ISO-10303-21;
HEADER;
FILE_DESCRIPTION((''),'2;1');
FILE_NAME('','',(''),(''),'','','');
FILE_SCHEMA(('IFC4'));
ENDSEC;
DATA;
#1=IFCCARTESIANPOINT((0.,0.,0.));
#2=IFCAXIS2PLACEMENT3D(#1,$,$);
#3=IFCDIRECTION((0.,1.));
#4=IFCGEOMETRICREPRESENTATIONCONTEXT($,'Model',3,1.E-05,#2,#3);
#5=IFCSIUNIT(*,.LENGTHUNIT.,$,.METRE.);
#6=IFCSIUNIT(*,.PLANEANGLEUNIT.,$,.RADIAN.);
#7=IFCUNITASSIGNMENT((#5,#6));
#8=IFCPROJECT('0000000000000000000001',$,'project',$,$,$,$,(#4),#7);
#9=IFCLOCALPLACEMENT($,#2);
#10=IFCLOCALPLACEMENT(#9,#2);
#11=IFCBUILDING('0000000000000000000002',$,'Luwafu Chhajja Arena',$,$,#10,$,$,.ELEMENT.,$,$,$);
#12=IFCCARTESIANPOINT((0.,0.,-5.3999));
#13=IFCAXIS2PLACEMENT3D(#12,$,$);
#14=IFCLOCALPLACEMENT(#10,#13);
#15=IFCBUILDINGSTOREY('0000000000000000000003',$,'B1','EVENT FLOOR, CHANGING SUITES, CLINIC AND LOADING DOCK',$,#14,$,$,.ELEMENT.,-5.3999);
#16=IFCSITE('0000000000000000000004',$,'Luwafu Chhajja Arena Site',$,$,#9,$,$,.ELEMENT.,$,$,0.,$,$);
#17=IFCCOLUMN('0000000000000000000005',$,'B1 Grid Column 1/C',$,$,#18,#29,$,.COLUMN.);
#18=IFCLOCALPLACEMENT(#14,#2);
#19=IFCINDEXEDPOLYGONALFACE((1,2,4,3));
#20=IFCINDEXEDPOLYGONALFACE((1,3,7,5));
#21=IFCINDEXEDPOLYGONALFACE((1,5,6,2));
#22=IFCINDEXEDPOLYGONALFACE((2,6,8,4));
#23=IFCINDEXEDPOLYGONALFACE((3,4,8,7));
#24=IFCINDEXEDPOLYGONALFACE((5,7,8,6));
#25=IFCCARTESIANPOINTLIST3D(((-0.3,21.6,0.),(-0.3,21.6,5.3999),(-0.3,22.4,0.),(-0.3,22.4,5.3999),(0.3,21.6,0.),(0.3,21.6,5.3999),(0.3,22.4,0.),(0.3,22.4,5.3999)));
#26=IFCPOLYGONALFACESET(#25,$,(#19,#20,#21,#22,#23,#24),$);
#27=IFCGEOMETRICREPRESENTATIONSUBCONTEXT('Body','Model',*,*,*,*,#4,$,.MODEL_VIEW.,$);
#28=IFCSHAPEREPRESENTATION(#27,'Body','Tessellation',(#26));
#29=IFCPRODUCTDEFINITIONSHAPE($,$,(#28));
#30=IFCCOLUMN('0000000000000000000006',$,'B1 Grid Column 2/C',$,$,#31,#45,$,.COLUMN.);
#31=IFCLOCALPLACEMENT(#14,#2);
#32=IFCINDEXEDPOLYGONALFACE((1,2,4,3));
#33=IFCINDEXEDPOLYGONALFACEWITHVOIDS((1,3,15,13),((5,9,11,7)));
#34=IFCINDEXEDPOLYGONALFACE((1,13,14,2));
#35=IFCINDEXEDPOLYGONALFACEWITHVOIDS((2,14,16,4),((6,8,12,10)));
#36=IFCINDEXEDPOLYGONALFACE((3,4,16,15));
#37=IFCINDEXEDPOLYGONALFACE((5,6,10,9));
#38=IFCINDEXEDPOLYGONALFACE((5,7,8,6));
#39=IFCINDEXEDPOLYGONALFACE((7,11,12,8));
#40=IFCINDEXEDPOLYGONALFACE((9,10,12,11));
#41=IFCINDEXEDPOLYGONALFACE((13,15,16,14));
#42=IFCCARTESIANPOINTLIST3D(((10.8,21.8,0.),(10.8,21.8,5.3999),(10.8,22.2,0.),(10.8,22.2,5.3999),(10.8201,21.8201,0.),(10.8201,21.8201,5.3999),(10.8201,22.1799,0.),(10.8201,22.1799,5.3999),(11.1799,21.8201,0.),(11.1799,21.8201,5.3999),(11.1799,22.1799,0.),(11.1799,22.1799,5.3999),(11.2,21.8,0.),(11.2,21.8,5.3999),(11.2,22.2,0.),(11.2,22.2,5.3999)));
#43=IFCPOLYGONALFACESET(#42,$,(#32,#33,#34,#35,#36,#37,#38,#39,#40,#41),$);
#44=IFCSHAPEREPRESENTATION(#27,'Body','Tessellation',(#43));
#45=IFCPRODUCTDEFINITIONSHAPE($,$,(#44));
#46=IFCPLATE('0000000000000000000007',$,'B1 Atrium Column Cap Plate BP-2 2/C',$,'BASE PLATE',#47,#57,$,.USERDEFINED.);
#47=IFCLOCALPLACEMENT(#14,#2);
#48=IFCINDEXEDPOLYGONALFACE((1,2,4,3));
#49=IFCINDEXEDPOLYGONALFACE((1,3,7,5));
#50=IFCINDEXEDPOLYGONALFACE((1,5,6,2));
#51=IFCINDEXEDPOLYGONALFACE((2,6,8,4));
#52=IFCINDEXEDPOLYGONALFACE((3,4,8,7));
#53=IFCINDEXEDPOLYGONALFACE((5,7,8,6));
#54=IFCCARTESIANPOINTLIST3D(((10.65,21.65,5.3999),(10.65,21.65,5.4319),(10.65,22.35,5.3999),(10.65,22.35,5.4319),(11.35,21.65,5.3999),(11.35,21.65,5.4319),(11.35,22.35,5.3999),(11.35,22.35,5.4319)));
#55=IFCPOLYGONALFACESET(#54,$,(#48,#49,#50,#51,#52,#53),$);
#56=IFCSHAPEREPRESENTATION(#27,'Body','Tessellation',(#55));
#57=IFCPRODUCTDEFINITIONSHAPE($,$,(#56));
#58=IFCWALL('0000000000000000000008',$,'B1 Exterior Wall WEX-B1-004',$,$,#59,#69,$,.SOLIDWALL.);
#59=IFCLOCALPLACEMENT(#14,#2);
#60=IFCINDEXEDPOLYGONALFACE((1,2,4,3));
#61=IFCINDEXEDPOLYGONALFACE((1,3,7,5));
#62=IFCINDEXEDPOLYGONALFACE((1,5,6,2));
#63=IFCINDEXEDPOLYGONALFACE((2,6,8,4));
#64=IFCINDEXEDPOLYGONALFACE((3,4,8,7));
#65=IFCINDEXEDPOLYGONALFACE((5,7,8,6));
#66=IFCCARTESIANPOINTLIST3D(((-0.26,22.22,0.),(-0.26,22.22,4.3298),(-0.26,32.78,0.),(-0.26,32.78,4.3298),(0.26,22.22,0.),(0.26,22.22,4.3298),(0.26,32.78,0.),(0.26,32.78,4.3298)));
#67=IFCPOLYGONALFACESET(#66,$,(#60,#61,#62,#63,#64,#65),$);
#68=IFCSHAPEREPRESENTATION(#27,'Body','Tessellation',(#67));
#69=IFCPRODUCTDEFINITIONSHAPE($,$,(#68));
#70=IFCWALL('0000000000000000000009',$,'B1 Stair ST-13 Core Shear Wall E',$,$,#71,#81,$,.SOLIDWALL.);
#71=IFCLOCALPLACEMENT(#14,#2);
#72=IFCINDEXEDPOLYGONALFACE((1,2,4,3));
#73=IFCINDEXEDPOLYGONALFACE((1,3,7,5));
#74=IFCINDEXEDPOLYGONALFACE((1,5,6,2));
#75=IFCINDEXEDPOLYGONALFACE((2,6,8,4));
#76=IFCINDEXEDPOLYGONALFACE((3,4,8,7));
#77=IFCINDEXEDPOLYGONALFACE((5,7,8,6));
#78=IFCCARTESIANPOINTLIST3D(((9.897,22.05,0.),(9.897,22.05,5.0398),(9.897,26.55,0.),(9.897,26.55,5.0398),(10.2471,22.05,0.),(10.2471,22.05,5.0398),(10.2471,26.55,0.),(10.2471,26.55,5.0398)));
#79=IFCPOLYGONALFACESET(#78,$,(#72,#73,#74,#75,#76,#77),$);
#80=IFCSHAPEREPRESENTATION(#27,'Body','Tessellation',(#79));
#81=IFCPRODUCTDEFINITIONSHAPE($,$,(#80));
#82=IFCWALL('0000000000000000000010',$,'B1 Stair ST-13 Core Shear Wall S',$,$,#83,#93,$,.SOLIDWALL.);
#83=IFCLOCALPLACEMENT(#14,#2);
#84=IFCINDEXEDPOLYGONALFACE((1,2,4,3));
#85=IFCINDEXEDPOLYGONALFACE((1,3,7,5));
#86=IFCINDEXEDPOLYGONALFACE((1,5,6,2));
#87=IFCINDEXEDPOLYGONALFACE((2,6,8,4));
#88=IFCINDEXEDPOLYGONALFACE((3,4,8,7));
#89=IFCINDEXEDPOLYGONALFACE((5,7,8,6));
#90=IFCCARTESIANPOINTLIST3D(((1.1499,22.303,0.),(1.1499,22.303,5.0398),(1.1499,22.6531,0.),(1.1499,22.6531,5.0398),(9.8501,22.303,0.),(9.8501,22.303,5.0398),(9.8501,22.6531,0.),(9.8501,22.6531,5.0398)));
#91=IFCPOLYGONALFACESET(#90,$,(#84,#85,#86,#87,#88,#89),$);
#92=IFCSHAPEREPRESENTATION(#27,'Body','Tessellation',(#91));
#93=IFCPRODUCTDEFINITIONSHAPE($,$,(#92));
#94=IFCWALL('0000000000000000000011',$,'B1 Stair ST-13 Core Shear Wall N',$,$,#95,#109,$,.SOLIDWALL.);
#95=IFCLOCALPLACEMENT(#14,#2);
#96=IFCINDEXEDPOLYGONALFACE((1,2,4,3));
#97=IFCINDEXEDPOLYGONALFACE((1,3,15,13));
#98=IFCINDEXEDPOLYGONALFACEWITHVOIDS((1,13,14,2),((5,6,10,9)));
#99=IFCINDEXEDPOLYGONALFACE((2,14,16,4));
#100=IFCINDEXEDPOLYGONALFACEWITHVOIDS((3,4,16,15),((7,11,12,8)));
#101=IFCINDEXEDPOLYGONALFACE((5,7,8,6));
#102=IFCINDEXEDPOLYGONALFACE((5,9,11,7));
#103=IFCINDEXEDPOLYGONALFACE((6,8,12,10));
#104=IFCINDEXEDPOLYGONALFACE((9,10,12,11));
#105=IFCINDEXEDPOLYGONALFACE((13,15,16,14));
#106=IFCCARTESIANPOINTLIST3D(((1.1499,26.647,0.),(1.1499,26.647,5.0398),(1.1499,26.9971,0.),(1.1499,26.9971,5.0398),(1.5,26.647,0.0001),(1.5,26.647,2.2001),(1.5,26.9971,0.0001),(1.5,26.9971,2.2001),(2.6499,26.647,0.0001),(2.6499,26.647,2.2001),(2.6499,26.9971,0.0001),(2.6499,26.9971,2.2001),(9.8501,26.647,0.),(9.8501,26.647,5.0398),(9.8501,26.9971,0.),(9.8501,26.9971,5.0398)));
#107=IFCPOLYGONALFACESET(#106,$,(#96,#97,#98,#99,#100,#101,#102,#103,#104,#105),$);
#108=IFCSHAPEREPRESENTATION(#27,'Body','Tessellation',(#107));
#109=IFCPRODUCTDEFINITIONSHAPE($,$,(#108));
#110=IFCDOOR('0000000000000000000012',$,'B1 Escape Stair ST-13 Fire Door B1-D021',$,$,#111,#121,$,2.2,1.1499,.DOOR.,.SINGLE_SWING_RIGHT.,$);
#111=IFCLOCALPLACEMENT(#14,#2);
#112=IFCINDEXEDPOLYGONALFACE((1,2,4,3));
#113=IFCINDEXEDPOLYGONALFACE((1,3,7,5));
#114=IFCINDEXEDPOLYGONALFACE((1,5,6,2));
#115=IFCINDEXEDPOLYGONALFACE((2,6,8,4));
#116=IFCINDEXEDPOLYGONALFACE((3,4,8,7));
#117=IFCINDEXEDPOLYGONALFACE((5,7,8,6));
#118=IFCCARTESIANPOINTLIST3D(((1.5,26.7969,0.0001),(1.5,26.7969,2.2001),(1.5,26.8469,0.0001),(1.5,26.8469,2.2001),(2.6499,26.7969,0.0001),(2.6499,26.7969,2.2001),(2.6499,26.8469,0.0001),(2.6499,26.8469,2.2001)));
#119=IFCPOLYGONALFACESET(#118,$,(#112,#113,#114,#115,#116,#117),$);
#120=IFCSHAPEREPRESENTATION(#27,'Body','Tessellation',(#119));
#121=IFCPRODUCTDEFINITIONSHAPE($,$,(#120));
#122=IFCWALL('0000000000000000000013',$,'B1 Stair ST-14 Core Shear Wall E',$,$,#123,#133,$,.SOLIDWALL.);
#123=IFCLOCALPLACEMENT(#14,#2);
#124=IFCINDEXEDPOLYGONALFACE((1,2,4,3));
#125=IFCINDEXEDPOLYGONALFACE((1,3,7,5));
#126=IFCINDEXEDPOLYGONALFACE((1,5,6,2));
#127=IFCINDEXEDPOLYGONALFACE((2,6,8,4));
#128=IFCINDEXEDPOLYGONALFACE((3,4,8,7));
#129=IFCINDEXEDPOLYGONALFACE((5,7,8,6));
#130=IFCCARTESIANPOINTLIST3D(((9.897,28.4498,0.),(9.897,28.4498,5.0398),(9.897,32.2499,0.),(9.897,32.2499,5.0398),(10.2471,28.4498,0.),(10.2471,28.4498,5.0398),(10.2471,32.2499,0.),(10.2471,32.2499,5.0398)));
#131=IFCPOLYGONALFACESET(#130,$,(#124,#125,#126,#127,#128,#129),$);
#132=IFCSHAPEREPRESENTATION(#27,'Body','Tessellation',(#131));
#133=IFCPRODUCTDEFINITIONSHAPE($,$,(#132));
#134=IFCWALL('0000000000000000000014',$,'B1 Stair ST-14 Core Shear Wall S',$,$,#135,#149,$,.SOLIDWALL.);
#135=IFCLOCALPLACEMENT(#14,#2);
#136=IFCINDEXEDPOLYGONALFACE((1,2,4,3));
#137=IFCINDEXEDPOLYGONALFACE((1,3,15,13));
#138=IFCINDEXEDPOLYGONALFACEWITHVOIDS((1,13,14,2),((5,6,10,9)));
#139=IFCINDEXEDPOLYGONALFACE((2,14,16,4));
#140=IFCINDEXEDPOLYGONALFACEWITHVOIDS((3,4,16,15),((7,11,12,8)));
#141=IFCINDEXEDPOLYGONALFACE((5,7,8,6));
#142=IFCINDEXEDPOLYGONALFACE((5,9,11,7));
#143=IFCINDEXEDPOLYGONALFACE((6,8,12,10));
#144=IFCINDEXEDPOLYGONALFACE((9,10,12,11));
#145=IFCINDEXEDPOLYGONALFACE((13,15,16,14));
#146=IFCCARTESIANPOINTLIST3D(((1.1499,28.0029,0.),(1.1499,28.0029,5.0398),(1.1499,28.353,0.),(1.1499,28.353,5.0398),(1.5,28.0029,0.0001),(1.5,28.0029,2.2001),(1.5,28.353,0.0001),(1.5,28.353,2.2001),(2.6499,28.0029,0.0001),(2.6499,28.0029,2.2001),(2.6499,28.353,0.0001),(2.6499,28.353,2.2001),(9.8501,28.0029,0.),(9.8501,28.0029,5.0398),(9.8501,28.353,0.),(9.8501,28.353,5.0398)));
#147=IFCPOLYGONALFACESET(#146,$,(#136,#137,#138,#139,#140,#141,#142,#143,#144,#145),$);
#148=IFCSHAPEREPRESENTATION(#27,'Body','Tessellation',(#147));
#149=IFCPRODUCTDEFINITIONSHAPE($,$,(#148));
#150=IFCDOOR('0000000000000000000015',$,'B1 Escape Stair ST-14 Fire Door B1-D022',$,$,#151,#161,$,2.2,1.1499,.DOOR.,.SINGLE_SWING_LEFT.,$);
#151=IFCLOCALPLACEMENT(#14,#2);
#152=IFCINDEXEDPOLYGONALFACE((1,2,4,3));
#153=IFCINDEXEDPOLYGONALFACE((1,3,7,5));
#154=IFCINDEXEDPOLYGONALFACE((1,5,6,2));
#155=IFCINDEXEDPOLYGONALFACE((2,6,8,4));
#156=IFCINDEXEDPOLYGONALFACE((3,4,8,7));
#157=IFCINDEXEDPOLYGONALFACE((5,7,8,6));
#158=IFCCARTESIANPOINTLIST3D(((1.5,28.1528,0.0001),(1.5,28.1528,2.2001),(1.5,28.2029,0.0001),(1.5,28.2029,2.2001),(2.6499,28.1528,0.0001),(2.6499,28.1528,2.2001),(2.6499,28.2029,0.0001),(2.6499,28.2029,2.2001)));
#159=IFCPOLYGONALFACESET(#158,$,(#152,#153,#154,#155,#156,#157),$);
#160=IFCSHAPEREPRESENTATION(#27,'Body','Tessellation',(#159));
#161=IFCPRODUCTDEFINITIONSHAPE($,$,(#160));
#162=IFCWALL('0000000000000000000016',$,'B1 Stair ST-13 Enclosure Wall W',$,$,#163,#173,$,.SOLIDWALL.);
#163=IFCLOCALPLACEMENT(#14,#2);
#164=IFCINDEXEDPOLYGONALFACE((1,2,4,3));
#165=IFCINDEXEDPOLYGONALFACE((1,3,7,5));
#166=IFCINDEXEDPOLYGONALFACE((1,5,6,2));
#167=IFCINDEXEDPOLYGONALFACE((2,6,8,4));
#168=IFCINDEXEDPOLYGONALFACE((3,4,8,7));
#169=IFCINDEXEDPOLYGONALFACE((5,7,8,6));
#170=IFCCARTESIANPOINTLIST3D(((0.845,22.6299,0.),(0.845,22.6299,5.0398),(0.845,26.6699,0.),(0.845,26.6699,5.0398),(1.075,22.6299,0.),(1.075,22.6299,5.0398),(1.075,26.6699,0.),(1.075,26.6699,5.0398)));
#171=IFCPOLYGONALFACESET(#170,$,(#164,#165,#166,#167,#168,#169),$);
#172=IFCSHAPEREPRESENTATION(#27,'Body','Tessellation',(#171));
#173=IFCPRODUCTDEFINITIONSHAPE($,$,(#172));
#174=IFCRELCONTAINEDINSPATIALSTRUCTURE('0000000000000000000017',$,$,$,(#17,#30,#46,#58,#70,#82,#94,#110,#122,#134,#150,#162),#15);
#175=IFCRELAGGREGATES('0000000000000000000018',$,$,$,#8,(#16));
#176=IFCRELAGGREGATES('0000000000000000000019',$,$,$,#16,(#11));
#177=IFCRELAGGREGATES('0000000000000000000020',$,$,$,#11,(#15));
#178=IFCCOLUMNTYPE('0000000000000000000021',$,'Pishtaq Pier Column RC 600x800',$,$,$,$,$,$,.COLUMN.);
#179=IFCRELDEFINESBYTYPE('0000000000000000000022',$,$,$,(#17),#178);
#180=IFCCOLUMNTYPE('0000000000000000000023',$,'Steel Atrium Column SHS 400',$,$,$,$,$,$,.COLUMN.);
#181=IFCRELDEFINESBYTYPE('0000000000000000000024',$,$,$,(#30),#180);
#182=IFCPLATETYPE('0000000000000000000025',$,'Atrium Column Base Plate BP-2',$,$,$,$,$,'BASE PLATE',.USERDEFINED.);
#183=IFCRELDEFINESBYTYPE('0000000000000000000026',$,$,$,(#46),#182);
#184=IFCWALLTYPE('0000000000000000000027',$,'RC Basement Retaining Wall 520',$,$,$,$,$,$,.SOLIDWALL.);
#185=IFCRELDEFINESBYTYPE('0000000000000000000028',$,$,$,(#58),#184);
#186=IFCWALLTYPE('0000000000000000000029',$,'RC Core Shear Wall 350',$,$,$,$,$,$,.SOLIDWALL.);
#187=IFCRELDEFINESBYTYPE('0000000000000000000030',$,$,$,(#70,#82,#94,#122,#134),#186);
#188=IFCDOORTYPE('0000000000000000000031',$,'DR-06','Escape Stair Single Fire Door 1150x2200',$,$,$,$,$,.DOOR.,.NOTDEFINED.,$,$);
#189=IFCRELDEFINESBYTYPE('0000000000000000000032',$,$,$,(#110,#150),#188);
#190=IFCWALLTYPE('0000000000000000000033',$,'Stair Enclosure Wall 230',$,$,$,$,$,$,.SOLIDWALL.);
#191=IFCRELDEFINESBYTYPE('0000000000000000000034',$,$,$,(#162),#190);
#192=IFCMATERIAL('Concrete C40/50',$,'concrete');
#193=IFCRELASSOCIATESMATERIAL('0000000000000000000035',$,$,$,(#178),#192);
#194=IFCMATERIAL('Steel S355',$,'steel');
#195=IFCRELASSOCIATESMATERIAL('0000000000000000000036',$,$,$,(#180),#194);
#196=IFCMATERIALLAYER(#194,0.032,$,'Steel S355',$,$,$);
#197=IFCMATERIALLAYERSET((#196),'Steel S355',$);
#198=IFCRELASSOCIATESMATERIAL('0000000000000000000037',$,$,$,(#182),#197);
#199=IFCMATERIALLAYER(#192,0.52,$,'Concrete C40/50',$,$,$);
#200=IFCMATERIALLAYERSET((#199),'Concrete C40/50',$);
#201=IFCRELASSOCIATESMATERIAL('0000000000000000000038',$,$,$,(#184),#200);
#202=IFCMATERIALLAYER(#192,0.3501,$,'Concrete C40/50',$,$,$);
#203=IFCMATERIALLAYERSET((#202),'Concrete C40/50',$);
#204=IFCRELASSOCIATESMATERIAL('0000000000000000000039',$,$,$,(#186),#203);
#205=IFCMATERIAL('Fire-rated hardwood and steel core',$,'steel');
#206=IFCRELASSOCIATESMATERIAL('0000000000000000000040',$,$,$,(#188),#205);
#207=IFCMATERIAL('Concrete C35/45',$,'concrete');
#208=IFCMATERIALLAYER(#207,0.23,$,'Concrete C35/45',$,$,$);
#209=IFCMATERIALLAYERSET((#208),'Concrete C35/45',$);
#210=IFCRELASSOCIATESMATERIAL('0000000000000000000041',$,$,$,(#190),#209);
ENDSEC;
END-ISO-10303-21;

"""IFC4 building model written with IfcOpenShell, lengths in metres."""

from ifc_helpers import new_model, si_unit, direction, frame, frame_2d, origin, origin_2d, place, context, subcontext, project, spatial, rectangle, hollow_rectangle, extrude, material, layer, layer_set, material_profile, profile_set, type_object, element, fill, save


model = new_model("IFC4")

# Units and contexts
model_context = context("Model", 3, precision=1e-05, world=origin(), true_north=direction((0.0, 1.0)))
body_context = subcontext(model_context, "Body", "Model", "MODEL_VIEW")
ifc_project = project(units=[si_unit("LENGTHUNIT", "METRE"), si_unit("PLANEANGLEUNIT", "RADIAN")], contexts=[model_context])

# Site, building, storey
site_placement = place(None, origin())
site = spatial("IfcSite", under=ifc_project, at=site_placement, Name="Luwafu Chhajja Arena Site", CompositionType="ELEMENT", RefElevation=0.0)
building_placement = place(site_placement, origin())
building = spatial("IfcBuilding", under=site, at=building_placement, Name="Luwafu Chhajja Arena", CompositionType="ELEMENT")
storey_placement = place(building_placement, frame((0.0, 0.0, -5.3999)))
storey = spatial("IfcBuildingStorey", under=building, at=storey_placement, Name="B1", Description="EVENT FLOOR, CHANGING SUITES, CLINIC AND LOADING DOCK", CompositionType="ELEMENT", Elevation=-5.3999)

# Shared definitions
ifc_material_1 = material(Name="Concrete C35/45", Category="concrete")

# Columns
ifc_material_2 = material(Name="Concrete C40/50", Category="concrete")
ifc_material_profile_1 = material_profile(ifc_material_2, rectangle(XDim=0.6001, YDim=0.8, at=origin_2d()), Name="RC 600x800")
ifc_profile_set_1 = profile_set([ifc_material_profile_1], Name="Concrete C40/50")
column_type_1 = type_object("IfcColumnType", Name="Pishtaq Pier Column RC 600x800", PredefinedType="COLUMN", material=ifc_profile_set_1)
column_1_placement = place(storey_placement, frame((0.0, 22.0, 0.0), z_axis=(0.0, 0.0, 1.0), x_axis=(1.0, 0.0, 0.0)))
element("IfcColumn", 1, at=column_1_placement, inside=storey, type_object=column_type_1, Name="B1 Grid Column 1/C", PredefinedType="COLUMN", context=body_context, shape_type="SweptSolid", body=[
    extrude(rectangle(XDim=0.6001, YDim=0.8, at=origin_2d()), origin(), (0.0, 0.0, 1.0), 5.3999),
])
ifc_material_3 = material(Name="Steel S355", Category="steel")
ifc_material_profile_2 = material_profile(ifc_material_3, hollow_rectangle(XDim=0.3999, YDim=0.3999, WallThickness=0.02, at=origin_2d()), Name="SHS 400x400x20")
ifc_profile_set_2 = profile_set([ifc_material_profile_2], Name="Steel S355")
column_type_2 = type_object("IfcColumnType", Name="Steel Atrium Column SHS 400", PredefinedType="COLUMN", material=ifc_profile_set_2)
column_2_placement = place(storey_placement, frame((11.0, 22.0, 0.0), z_axis=(0.0, 0.0, 1.0), x_axis=(1.0, 0.0, 0.0)))
element("IfcColumn", 2, at=column_2_placement, inside=storey, type_object=column_type_2, Name="B1 Grid Column 2/C", PredefinedType="COLUMN", context=body_context, shape_type="SweptSolid", body=[
    extrude(hollow_rectangle(XDim=0.3999, YDim=0.3999, WallThickness=0.02, at=origin_2d()), origin(), (0.0, 0.0, 1.0), 5.3999),
])

# Plate
ifc_layer_1 = layer(ifc_material_3, 0.032, Name="Steel S355")
ifc_layer_set_1 = layer_set([ifc_layer_1], Name="Steel S355")
plate_type = type_object("IfcPlateType", Name="Atrium Column Base Plate BP-2", ElementType="BASE PLATE", PredefinedType="USERDEFINED", material=ifc_layer_set_1)
plate_placement = place(storey_placement, frame((11.0, 22.0, 5.3999), z_axis=(0.0, 0.0, 1.0), x_axis=(1.0, 0.0, 0.0)))
element("IfcPlate", 3, at=plate_placement, inside=storey, type_object=plate_type, Name="B1 Atrium Column Cap Plate BP-2 2/C", ObjectType="BASE PLATE", PredefinedType="USERDEFINED", context=body_context, shape_type="SweptSolid", body=[
    extrude(rectangle(XDim=0.7, YDim=0.7, at=origin_2d()), origin(), (0.0, 0.0, 1.0), 0.032),
])

# Walls
ifc_layer_2 = layer(ifc_material_2, 0.52, Name="Concrete C40/50")
ifc_layer_set_2 = layer_set([ifc_layer_2], Name="Concrete C40/50")
wall_type_1 = type_object("IfcWallType", Name="RC Basement Retaining Wall 520", PredefinedType="SOLIDWALL", material=ifc_layer_set_2)
wall_1_placement = place(storey_placement, frame((0.0, 22.22, 0.0), z_axis=(0.0, 0.0, 1.0), x_axis=(0.0, 1.0, 0.0)))
element("IfcWall", 4, at=wall_1_placement, inside=storey, type_object=wall_type_1, Name="B1 Exterior Wall WEX-B1-004", PredefinedType="SOLIDWALL", context=body_context, shape_type="SweptSolid", body=[
    extrude(rectangle(XDim=10.5601, YDim=0.52, at=frame_2d((5.28, 0.0))), origin(), (0.0, 0.0, 1.0), 4.3298),
])
ifc_layer_3 = layer(ifc_material_2, 0.3501, Name="Concrete C40/50")
ifc_layer_set_3 = layer_set([ifc_layer_3], Name="Concrete C40/50")
wall_type_2 = type_object("IfcWallType", Name="RC Core Shear Wall 350", PredefinedType="SOLIDWALL", material=ifc_layer_set_3)
wall_2_placement = place(storey_placement, frame((10.072, 22.05, 0.0), z_axis=(0.0, 0.0, 1.0), x_axis=(0.0, 1.0, 0.0)))
element("IfcWall", 5, at=wall_2_placement, inside=storey, type_object=wall_type_2, Name="B1 Stair ST-13 Core Shear Wall E", PredefinedType="SOLIDWALL", context=body_context, shape_type="SweptSolid", body=[
    extrude(rectangle(XDim=4.5, YDim=0.3501, at=frame_2d((2.25, 0.0))), origin(), (0.0, 0.0, 1.0), 5.0398),
])
wall_3_placement = place(storey_placement, frame((1.1499, 22.478, 0.0), z_axis=(0.0, 0.0, 1.0), x_axis=(1.0, 0.0, 0.0)))
element("IfcWall", 6, at=wall_3_placement, inside=storey, type_object=wall_type_2, Name="B1 Stair ST-13 Core Shear Wall S", PredefinedType="SOLIDWALL", context=body_context, shape_type="SweptSolid", body=[
    extrude(rectangle(XDim=8.7002, YDim=0.3501, at=frame_2d((4.3501, 0.0))), origin(), (0.0, 0.0, 1.0), 5.0398),
])

# Wall, opening, door
wall_4_placement = place(storey_placement, frame((1.1499, 26.822, 0.0), z_axis=(0.0, 0.0, 1.0), x_axis=(1.0, 0.0, 0.0)))
wall_4 = element("IfcWall", 7, at=wall_4_placement, inside=storey, type_object=wall_type_2, Name="B1 Stair ST-13 Core Shear Wall N", PredefinedType="SOLIDWALL", context=body_context, shape_type="SweptSolid", body=[
    extrude(rectangle(XDim=8.7002, YDim=0.3501, at=frame_2d((4.3501, 0.0))), origin(), (0.0, 0.0, 1.0), 5.0398),
])
opening_1_placement = place(wall_4_placement, frame((0.3501, 0.0, 0.0)))
opening_1 = element("IfcOpeningElement", 8, at=opening_1_placement, cuts=wall_4, PredefinedType="OPENING", context=body_context, shape_type="SweptSolid", body=[
    extrude(rectangle(XDim=1.1499, YDim=2.2, at=frame_2d((0.575, 1.1001))), frame((0.0, 0.1851, 0.0), z_axis=(0.0, -1.0, 0.0), x_axis=(1.0, 0.0, 0.0)), (0.0, 0.0, 1.0), 0.3701),
])
ifc_material_4 = material(Name="Fire-rated hardwood and steel core", Category="steel")
door_type = type_object("IfcDoorType", Name="DR-06", Description="Escape Stair Single Fire Door 1150x2200", OperationType="NOTDEFINED", PredefinedType="DOOR", material=ifc_material_4)
door_1_placement = place(opening_1_placement, origin())
door_1 = element("IfcDoor", 9, at=door_1_placement, inside=storey, type_object=door_type, Name="B1 Escape Stair ST-13 Fire Door B1-D021", OperationType="SINGLE_SWING_RIGHT", OverallHeight=2.2, OverallWidth=1.1499, PredefinedType="DOOR", context=body_context, shape_type="SweptSolid", body=[
    extrude(rectangle(XDim=1.1499, YDim=2.2, at=frame_2d((0.575, 1.1001))), frame((0.0, 0.0249, 0.0), z_axis=(0.0, -1.0, 0.0), x_axis=(1.0, 0.0, 0.0)), (0.0, 0.0, 1.0), 0.05),
])
fill(opening_1, door_1)

# Wall
wall_5_placement = place(storey_placement, frame((10.072, 28.45, 0.0), z_axis=(0.0, 0.0, 1.0), x_axis=(0.0, 1.0, 0.0)))
element("IfcWall", 10, at=wall_5_placement, inside=storey, type_object=wall_type_2, Name="B1 Stair ST-14 Core Shear Wall E", PredefinedType="SOLIDWALL", context=body_context, shape_type="SweptSolid", body=[
    extrude(rectangle(XDim=3.8, YDim=0.3501, at=frame_2d((1.8999, 0.0))), origin(), (0.0, 0.0, 1.0), 5.0398),
])

# Wall, opening, door
wall_6_placement = place(storey_placement, frame((1.1499, 28.178, 0.0), z_axis=(0.0, 0.0, 1.0), x_axis=(1.0, 0.0, 0.0)))
wall_6 = element("IfcWall", 11, at=wall_6_placement, inside=storey, type_object=wall_type_2, Name="B1 Stair ST-14 Core Shear Wall S", PredefinedType="SOLIDWALL", context=body_context, shape_type="SweptSolid", body=[
    extrude(rectangle(XDim=8.7002, YDim=0.3501, at=frame_2d((4.3501, 0.0))), origin(), (0.0, 0.0, 1.0), 5.0398),
])
opening_2_placement = place(wall_6_placement, frame((0.3501, 0.0, 0.0)))
opening_2 = element("IfcOpeningElement", 12, at=opening_2_placement, cuts=wall_6, PredefinedType="OPENING", context=body_context, shape_type="SweptSolid", body=[
    extrude(rectangle(XDim=1.1499, YDim=2.2, at=frame_2d((0.575, 1.1001))), frame((0.0, 0.1851, 0.0), z_axis=(0.0, -1.0, 0.0), x_axis=(1.0, 0.0, 0.0)), (0.0, 0.0, 1.0), 0.3701),
])
door_2_placement = place(opening_2_placement, origin())
door_2 = element("IfcDoor", 13, at=door_2_placement, inside=storey, type_object=door_type, Name="B1 Escape Stair ST-14 Fire Door B1-D022", OperationType="SINGLE_SWING_LEFT", OverallHeight=2.2, OverallWidth=1.1499, PredefinedType="DOOR", context=body_context, shape_type="SweptSolid", body=[
    extrude(rectangle(XDim=1.1499, YDim=2.2, at=frame_2d((0.575, 1.1001))), frame((0.0, 0.0249, 0.0), z_axis=(0.0, -1.0, 0.0), x_axis=(1.0, 0.0, 0.0)), (0.0, 0.0, 1.0), 0.05),
])
fill(opening_2, door_2)

# Wall
ifc_layer_4 = layer(ifc_material_1, 0.23, Name="Concrete C35/45")
ifc_layer_set_4 = layer_set([ifc_layer_4], Name="Concrete C35/45")
wall_type_3 = type_object("IfcWallType", Name="Stair Enclosure Wall 230", PredefinedType="SOLIDWALL", material=ifc_layer_set_4)
for number, where, z_axis, x_axis, name in (
    (14, (0.96, 22.6299, 0.0), (0.0, 0.0, 1.0), (0.0, 1.0, 0.0), "B1 Stair ST-13 Enclosure Wall W"),
):
    element("IfcWall", number, at=place(storey_placement, frame(where, z_axis=z_axis, x_axis=x_axis)), inside=storey, type_object=wall_type_3, Name=name, PredefinedType="SOLIDWALL", context=body_context, shape_type="SweptSolid", body=[
        extrude(rectangle(XDim=4.04, YDim=0.23, at=frame_2d((2.02, 0.0))), origin(), (0.0, 0.0, 1.0), 5.0398),
    ])

save(model, "model.ifc")
